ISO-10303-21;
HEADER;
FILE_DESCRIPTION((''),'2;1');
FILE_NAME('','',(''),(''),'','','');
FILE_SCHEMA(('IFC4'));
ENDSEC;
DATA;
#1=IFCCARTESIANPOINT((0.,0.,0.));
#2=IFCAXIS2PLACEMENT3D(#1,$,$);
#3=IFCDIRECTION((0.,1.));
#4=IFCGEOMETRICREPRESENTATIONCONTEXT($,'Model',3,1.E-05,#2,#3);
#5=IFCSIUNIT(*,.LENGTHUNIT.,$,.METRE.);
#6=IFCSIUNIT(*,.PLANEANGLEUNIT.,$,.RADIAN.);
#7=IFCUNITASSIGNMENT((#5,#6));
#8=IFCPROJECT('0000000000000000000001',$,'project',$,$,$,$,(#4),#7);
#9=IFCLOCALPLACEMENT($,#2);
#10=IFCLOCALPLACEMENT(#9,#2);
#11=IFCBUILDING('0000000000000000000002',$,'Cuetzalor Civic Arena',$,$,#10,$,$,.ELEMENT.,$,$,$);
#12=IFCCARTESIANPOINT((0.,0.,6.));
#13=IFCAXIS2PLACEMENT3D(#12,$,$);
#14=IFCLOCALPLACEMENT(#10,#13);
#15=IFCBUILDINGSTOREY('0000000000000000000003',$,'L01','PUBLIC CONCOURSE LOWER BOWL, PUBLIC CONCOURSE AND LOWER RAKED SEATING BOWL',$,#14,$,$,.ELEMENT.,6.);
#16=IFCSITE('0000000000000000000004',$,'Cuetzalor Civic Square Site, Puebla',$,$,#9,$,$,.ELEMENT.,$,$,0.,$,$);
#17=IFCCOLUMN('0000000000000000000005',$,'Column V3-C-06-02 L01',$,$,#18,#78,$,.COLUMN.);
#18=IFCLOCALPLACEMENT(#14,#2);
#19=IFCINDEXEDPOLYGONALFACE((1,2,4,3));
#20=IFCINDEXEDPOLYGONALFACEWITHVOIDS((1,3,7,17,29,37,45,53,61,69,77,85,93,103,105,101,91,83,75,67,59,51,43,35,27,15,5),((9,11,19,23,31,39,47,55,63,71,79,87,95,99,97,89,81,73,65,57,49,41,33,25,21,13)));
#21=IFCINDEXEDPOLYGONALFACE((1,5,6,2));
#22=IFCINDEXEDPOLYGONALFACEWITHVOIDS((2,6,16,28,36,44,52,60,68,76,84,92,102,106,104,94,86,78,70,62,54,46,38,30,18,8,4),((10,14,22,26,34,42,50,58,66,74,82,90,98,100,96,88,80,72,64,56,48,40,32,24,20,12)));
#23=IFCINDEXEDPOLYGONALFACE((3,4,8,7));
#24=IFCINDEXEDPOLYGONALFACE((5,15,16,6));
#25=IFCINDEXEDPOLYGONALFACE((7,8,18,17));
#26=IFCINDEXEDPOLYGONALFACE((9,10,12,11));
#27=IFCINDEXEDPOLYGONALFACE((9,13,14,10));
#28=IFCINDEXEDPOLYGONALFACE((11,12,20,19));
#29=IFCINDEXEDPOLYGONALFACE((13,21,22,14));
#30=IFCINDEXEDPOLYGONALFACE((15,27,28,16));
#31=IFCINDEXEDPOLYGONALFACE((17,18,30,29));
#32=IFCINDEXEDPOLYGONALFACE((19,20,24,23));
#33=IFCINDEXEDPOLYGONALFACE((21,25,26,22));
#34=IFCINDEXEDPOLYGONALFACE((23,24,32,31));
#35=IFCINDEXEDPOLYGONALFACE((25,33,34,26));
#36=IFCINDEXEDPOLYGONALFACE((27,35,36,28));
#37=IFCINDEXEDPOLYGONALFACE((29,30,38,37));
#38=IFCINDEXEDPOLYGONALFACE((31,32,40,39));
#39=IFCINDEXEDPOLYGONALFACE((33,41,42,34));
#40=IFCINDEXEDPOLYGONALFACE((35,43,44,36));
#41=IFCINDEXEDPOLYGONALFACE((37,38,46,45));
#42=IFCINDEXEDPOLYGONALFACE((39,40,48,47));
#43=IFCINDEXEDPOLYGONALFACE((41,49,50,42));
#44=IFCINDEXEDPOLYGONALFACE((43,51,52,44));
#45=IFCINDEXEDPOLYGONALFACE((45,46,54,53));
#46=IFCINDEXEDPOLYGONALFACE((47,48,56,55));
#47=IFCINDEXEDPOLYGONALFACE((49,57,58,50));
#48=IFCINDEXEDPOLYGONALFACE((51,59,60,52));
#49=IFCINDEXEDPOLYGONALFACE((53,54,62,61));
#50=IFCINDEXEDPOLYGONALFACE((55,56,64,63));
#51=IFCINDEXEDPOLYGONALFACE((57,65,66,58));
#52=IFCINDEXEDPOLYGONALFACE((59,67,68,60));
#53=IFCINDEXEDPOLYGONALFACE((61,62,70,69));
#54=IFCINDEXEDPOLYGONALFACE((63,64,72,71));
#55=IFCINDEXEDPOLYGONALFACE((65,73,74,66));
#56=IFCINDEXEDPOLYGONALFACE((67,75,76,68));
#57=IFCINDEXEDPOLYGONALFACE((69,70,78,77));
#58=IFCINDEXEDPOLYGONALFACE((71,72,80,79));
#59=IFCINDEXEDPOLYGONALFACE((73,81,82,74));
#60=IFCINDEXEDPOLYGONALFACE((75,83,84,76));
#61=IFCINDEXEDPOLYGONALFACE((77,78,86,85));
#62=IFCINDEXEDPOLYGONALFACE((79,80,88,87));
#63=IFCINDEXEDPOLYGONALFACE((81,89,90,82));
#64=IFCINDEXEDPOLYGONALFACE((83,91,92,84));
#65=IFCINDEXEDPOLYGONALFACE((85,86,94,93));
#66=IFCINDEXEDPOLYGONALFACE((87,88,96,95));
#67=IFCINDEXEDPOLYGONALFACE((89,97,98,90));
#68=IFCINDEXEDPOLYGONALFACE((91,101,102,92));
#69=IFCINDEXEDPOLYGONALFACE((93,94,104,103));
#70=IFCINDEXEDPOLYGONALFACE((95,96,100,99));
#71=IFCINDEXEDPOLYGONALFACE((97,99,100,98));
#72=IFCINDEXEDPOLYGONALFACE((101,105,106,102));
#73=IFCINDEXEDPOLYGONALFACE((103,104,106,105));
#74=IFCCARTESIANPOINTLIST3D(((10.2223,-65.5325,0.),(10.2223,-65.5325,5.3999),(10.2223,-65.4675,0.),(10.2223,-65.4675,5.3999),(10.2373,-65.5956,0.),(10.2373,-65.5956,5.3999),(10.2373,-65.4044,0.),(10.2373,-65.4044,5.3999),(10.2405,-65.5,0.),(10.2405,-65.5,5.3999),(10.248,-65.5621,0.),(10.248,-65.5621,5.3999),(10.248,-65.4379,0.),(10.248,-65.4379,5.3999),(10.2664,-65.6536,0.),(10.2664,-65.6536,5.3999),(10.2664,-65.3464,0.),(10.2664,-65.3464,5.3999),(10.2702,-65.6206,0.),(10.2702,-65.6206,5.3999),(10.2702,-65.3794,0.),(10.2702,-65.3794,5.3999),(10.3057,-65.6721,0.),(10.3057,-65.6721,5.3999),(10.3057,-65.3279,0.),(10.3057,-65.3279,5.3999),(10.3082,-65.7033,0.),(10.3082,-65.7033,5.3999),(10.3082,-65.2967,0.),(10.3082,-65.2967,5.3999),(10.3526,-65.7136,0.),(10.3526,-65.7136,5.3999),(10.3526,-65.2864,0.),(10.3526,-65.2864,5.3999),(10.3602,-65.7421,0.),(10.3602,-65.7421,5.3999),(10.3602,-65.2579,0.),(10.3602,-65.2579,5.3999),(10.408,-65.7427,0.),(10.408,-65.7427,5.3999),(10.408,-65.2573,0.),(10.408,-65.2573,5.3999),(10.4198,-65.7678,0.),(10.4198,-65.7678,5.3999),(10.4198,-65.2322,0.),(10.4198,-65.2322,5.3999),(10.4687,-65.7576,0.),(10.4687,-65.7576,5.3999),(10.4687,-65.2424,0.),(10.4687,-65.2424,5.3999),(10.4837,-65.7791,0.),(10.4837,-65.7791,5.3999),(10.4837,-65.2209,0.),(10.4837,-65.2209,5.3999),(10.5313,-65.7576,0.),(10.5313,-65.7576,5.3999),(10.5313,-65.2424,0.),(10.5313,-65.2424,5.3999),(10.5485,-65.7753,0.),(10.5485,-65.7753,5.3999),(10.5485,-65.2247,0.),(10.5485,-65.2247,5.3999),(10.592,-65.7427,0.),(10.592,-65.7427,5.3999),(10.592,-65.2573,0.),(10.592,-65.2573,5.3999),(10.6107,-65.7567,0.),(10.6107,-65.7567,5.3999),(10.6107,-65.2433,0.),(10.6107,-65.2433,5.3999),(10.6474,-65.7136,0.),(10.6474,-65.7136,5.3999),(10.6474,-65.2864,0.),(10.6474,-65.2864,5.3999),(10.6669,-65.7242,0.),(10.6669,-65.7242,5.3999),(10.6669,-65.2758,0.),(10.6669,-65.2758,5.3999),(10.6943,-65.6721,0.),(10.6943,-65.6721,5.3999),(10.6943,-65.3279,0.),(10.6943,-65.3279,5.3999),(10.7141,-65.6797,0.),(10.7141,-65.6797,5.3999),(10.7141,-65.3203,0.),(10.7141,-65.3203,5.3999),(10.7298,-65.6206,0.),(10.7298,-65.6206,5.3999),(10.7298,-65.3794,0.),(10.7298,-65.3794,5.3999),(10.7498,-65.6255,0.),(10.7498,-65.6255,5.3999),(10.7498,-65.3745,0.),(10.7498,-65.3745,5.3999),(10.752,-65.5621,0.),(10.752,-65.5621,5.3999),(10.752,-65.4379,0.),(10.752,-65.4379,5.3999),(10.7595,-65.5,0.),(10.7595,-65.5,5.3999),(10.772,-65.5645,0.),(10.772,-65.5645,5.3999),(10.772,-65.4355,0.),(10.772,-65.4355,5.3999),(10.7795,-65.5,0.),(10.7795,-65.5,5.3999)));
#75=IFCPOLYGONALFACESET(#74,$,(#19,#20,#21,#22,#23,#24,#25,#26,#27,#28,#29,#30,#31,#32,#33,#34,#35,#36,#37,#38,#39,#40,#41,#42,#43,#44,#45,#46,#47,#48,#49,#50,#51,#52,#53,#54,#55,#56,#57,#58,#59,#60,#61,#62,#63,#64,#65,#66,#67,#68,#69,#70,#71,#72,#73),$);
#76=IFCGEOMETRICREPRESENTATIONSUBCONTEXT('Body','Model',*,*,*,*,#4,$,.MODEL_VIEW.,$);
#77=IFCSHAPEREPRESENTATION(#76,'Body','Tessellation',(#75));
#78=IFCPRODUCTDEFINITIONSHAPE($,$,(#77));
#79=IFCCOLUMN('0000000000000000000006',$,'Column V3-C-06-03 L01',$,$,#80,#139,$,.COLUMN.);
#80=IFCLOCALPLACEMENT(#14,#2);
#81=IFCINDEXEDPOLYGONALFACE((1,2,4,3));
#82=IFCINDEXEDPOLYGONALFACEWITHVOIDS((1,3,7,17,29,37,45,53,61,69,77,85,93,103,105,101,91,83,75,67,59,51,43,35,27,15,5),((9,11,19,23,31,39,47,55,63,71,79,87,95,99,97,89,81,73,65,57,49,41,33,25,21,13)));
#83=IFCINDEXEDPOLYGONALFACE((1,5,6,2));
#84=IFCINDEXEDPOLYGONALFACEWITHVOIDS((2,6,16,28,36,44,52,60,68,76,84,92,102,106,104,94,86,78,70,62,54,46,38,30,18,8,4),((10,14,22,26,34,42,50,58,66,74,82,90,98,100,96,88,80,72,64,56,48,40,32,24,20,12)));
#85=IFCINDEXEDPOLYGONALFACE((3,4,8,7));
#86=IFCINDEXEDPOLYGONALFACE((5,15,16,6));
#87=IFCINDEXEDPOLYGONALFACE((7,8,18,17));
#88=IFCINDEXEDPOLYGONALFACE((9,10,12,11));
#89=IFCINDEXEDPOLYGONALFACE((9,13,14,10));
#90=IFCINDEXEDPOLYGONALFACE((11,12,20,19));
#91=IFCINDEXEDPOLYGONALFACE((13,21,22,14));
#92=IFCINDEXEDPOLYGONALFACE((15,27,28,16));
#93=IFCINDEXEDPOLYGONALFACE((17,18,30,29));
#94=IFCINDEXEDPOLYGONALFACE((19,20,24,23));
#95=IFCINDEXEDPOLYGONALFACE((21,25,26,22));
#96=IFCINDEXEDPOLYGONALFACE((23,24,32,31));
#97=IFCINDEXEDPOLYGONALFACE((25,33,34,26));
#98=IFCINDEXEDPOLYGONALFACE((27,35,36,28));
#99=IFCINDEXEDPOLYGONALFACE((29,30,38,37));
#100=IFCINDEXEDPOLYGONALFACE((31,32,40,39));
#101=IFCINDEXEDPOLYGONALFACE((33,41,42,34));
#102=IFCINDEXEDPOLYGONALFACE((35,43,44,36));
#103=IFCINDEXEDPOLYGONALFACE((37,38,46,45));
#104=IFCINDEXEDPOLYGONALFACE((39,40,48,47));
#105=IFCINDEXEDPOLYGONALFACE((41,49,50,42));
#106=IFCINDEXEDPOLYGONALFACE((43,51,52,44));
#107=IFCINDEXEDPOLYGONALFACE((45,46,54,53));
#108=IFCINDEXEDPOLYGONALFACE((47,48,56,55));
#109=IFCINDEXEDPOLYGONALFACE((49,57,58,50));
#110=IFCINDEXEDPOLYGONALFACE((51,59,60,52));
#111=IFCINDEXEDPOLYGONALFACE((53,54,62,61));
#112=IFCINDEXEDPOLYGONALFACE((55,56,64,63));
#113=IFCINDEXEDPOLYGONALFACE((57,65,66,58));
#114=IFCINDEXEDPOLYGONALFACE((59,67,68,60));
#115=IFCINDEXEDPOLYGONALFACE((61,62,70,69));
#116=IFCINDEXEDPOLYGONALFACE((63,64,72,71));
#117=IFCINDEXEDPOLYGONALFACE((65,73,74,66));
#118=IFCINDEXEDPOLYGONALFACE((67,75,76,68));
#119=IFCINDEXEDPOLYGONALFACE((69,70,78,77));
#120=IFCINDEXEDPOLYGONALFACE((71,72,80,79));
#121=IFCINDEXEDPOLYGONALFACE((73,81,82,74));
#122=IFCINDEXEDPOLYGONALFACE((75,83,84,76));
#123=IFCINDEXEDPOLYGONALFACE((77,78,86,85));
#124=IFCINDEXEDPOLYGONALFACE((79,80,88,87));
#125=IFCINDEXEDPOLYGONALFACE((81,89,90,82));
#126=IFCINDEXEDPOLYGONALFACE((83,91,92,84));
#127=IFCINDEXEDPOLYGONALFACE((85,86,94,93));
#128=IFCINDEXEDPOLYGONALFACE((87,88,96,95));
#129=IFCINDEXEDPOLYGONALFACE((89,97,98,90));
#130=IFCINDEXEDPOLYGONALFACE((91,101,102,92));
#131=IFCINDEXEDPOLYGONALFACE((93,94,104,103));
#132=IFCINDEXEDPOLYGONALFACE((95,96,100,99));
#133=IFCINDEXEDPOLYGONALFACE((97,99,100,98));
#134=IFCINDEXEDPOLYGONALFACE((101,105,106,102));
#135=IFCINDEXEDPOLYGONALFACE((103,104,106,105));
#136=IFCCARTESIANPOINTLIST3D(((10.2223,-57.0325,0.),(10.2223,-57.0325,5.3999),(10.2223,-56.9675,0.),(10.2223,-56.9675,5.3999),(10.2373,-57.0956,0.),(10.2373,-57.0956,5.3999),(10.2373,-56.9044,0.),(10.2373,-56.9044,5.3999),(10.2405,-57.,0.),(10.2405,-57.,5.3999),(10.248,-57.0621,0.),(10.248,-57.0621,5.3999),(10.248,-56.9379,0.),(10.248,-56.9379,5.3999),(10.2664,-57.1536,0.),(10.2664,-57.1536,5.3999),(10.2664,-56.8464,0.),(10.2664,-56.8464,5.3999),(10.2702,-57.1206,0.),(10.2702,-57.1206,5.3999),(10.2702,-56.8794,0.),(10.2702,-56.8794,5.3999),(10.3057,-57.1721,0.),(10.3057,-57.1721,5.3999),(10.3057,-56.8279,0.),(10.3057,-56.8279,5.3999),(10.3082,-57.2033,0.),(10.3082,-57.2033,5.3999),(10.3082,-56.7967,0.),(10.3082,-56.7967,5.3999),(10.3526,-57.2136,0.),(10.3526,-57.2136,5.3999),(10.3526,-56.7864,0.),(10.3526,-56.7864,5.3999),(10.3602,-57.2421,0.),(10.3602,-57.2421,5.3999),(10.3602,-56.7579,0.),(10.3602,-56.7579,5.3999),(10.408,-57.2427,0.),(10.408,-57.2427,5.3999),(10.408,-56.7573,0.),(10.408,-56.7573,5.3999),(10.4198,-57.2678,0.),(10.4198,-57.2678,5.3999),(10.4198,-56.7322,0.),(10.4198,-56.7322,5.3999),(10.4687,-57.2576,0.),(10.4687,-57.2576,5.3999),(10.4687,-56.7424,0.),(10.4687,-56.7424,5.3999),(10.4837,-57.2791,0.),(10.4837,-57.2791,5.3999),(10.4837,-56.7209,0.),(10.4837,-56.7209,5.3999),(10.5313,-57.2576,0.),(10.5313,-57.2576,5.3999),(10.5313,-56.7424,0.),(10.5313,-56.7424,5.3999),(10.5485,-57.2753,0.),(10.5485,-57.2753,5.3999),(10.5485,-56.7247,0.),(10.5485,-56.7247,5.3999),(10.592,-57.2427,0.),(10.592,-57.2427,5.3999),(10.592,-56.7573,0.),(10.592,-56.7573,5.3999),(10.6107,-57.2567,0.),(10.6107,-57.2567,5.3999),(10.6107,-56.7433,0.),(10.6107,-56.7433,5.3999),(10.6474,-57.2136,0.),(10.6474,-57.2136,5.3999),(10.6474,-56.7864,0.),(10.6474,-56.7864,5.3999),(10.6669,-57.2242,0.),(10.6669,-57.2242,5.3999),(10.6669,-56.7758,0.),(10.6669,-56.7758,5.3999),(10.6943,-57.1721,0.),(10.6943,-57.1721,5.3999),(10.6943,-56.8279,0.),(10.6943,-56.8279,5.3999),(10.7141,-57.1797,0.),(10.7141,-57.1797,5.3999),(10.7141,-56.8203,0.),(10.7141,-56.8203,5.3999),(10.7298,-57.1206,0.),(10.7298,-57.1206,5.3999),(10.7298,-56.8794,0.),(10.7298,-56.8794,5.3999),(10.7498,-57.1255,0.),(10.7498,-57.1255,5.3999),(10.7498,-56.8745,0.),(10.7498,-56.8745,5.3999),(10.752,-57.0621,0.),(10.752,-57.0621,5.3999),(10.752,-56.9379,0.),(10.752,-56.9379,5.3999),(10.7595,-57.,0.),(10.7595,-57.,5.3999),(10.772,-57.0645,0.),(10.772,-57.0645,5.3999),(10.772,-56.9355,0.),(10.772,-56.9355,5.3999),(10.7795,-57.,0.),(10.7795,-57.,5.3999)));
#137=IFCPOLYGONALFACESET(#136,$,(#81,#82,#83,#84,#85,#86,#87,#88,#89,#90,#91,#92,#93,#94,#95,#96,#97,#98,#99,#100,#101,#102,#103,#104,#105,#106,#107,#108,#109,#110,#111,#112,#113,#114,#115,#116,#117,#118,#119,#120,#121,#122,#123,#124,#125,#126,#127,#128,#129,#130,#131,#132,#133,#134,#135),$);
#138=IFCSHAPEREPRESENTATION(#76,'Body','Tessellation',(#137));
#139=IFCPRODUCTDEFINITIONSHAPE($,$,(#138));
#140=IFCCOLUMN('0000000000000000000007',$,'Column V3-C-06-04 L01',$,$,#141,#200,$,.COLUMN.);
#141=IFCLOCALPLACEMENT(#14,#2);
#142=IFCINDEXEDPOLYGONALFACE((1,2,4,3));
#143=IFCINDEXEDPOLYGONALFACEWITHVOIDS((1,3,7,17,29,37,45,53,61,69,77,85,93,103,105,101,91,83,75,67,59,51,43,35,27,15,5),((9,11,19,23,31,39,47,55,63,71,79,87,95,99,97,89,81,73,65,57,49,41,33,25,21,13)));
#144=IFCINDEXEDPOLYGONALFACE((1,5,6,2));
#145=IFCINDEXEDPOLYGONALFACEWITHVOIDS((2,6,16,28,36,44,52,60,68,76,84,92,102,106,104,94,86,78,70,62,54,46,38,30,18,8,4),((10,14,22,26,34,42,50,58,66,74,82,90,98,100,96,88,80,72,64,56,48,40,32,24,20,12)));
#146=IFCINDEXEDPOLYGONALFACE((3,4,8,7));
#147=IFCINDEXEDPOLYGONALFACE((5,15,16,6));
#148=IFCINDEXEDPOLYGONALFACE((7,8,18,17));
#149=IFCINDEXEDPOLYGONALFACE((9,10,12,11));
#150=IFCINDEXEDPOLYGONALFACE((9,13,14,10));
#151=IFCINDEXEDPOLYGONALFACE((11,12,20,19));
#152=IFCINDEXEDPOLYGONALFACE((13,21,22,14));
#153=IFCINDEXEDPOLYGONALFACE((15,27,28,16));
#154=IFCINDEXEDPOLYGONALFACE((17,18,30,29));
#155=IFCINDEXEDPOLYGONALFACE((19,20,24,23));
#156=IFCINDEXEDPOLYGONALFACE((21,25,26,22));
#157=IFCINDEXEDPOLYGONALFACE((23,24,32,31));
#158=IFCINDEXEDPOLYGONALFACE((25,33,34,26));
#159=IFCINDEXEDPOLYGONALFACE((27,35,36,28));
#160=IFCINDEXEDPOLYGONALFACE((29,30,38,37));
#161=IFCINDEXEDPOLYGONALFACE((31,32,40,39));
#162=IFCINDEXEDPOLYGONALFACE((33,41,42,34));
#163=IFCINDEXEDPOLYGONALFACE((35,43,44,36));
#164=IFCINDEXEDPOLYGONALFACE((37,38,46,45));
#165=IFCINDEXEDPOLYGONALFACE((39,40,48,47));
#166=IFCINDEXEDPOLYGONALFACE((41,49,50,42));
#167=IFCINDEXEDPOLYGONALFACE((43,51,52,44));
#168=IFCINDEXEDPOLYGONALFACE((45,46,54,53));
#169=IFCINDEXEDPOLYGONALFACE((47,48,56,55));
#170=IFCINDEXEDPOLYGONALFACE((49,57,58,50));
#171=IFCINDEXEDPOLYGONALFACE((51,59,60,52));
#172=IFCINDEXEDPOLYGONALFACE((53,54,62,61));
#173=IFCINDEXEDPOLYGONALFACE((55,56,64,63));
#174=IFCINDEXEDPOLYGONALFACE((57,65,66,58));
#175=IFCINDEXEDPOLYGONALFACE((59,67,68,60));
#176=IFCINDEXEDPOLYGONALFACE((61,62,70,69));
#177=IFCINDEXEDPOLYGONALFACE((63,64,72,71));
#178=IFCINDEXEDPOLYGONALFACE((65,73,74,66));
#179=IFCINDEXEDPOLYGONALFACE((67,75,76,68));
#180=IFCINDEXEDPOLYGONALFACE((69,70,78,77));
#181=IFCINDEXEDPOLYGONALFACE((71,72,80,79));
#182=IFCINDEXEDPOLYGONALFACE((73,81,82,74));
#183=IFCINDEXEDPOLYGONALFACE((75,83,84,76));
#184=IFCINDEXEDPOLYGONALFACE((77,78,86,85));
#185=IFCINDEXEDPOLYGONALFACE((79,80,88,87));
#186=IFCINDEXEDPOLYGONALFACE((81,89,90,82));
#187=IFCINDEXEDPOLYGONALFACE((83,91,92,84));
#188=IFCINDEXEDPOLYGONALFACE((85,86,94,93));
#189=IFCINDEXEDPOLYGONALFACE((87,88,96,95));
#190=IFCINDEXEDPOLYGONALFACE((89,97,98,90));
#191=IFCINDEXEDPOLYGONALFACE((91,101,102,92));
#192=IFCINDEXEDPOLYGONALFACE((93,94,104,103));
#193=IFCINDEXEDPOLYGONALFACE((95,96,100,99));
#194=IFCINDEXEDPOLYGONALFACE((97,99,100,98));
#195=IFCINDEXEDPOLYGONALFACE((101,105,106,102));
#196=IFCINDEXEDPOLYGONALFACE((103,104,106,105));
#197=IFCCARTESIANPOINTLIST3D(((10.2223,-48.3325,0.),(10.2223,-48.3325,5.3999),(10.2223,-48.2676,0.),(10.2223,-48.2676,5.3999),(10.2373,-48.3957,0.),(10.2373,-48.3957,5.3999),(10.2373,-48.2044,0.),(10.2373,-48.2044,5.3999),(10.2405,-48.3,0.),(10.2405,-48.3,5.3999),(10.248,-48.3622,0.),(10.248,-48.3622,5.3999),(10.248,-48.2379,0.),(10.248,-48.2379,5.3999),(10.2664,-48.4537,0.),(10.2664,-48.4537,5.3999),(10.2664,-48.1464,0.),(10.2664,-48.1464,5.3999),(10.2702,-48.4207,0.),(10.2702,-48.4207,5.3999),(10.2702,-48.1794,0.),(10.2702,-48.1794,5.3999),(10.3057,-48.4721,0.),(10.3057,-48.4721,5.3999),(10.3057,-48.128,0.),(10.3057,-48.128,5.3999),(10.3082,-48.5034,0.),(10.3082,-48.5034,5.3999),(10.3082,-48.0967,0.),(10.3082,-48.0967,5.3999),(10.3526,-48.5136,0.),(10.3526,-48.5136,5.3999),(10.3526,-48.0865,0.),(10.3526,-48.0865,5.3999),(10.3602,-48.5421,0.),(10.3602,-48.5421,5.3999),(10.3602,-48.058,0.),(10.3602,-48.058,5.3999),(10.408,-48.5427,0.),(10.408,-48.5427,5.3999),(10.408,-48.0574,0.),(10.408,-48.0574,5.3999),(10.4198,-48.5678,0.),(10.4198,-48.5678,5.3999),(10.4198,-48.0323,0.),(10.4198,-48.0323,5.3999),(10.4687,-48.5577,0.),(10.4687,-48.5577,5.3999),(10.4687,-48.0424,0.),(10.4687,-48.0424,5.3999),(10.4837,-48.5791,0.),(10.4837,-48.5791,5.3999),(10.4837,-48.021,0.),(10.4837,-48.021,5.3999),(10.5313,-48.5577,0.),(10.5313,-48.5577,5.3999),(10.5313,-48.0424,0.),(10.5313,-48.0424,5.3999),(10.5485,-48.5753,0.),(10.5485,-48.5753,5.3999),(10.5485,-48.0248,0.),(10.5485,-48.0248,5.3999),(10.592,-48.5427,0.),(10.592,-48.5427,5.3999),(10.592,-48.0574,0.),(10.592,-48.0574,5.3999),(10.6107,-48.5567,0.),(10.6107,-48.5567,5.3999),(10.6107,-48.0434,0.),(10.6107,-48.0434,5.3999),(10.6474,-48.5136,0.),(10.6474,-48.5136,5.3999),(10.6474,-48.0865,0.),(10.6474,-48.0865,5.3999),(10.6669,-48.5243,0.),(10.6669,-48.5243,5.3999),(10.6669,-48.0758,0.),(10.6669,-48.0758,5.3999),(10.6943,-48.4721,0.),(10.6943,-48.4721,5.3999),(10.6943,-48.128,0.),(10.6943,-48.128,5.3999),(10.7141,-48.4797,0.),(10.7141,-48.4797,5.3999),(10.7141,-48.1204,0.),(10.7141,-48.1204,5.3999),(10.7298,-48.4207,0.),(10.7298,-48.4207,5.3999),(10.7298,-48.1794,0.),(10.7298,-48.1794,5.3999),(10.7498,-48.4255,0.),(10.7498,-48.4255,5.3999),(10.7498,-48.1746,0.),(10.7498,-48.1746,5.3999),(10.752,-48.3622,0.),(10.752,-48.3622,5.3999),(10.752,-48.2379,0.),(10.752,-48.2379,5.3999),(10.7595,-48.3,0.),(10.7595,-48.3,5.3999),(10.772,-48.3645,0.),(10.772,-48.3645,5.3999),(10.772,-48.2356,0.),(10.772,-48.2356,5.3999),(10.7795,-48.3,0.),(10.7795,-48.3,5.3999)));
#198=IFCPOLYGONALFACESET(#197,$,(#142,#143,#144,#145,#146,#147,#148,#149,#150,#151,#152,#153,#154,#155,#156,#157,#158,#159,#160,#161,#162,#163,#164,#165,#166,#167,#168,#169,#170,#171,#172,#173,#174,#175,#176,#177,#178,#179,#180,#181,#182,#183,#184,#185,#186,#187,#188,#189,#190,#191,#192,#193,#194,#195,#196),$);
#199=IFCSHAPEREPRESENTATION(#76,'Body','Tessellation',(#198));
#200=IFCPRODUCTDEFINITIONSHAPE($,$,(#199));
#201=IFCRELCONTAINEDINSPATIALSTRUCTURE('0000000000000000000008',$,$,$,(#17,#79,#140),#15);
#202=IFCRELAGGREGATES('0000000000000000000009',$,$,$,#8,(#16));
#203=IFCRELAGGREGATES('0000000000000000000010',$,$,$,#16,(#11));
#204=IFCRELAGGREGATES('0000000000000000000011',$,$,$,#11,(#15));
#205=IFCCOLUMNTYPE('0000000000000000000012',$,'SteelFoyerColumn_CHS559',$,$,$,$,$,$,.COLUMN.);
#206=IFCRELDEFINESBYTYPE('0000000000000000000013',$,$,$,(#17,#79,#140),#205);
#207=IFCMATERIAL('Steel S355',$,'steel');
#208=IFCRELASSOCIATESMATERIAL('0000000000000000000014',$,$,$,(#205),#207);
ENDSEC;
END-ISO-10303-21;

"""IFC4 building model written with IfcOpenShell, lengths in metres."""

from ifc_helpers import new_model, si_unit, direction, frame, origin, origin_2d, place, context, subcontext, project, spatial, hollow_circle, extrude, material, material_profile, profile_set, type_object, element, save


model = new_model("IFC4")

# Units and contexts
model_context = context("Model", 3, precision=1e-05, world=origin(), true_north=direction((0.0, 1.0)))
body_context = subcontext(model_context, "Body", "Model", "MODEL_VIEW")
ifc_project = project(units=[si_unit("LENGTHUNIT", "METRE"), si_unit("PLANEANGLEUNIT", "RADIAN")], contexts=[model_context])

# Site, building, storey
site_placement = place(None, origin())
site = spatial("IfcSite", under=ifc_project, at=site_placement, Name="Cuetzalor Civic Square Site, Puebla", CompositionType="ELEMENT", RefElevation=0.0)
building_placement = place(site_placement, origin())
building = spatial("IfcBuilding", under=site, at=building_placement, Name="Cuetzalor Civic Arena", CompositionType="ELEMENT")
storey_placement = place(building_placement, frame((0.0, 0.0, 6.0)))
storey = spatial("IfcBuildingStorey", under=building, at=storey_placement, Name="L01", Description="PUBLIC CONCOURSE LOWER BOWL, PUBLIC CONCOURSE AND LOWER RAKED SEATING BOWL", CompositionType="ELEMENT", Elevation=6.0)

# Columns
ifc_material_1 = material(Name="Steel S355", Category="steel")
ifc_material_profile_1 = material_profile(ifc_material_1, hollow_circle(Radius=0.2795, WallThickness=0.02, at=origin_2d()), Name="CHS 559x20")
ifc_profile_set_1 = profile_set([ifc_material_profile_1], Name="Steel S355")
column_type = type_object("IfcColumnType", Name="SteelFoyerColumn_CHS559", PredefinedType="COLUMN", material=ifc_profile_set_1)
for number, where, z_axis, x_axis, name in (
    (1, (10.5, -65.5, 0.0), (0.0, 0.0, 1.0), (1.0, 0.0, 0.0), "Column V3-C-06-02 L01"),
    (2, (10.5, -57.0, 0.0), (0.0, 0.0, 1.0), (1.0, 0.0, 0.0), "Column V3-C-06-03 L01"),
    (3, (10.5, -48.3, 0.0), (0.0, 0.0, 1.0), (1.0, 0.0, 0.0), "Column V3-C-06-04 L01"),
):
    element("IfcColumn", number, at=place(storey_placement, frame(where, z_axis=z_axis, x_axis=x_axis)), inside=storey, type_object=column_type, Name=name, PredefinedType="COLUMN", context=body_context, shape_type="SweptSolid", body=[
        extrude(hollow_circle(Radius=0.2795, WallThickness=0.02, at=origin_2d()), origin(), (0.0, 0.0, 1.0), 5.3999),
    ])

save(model, "model.ifc")
